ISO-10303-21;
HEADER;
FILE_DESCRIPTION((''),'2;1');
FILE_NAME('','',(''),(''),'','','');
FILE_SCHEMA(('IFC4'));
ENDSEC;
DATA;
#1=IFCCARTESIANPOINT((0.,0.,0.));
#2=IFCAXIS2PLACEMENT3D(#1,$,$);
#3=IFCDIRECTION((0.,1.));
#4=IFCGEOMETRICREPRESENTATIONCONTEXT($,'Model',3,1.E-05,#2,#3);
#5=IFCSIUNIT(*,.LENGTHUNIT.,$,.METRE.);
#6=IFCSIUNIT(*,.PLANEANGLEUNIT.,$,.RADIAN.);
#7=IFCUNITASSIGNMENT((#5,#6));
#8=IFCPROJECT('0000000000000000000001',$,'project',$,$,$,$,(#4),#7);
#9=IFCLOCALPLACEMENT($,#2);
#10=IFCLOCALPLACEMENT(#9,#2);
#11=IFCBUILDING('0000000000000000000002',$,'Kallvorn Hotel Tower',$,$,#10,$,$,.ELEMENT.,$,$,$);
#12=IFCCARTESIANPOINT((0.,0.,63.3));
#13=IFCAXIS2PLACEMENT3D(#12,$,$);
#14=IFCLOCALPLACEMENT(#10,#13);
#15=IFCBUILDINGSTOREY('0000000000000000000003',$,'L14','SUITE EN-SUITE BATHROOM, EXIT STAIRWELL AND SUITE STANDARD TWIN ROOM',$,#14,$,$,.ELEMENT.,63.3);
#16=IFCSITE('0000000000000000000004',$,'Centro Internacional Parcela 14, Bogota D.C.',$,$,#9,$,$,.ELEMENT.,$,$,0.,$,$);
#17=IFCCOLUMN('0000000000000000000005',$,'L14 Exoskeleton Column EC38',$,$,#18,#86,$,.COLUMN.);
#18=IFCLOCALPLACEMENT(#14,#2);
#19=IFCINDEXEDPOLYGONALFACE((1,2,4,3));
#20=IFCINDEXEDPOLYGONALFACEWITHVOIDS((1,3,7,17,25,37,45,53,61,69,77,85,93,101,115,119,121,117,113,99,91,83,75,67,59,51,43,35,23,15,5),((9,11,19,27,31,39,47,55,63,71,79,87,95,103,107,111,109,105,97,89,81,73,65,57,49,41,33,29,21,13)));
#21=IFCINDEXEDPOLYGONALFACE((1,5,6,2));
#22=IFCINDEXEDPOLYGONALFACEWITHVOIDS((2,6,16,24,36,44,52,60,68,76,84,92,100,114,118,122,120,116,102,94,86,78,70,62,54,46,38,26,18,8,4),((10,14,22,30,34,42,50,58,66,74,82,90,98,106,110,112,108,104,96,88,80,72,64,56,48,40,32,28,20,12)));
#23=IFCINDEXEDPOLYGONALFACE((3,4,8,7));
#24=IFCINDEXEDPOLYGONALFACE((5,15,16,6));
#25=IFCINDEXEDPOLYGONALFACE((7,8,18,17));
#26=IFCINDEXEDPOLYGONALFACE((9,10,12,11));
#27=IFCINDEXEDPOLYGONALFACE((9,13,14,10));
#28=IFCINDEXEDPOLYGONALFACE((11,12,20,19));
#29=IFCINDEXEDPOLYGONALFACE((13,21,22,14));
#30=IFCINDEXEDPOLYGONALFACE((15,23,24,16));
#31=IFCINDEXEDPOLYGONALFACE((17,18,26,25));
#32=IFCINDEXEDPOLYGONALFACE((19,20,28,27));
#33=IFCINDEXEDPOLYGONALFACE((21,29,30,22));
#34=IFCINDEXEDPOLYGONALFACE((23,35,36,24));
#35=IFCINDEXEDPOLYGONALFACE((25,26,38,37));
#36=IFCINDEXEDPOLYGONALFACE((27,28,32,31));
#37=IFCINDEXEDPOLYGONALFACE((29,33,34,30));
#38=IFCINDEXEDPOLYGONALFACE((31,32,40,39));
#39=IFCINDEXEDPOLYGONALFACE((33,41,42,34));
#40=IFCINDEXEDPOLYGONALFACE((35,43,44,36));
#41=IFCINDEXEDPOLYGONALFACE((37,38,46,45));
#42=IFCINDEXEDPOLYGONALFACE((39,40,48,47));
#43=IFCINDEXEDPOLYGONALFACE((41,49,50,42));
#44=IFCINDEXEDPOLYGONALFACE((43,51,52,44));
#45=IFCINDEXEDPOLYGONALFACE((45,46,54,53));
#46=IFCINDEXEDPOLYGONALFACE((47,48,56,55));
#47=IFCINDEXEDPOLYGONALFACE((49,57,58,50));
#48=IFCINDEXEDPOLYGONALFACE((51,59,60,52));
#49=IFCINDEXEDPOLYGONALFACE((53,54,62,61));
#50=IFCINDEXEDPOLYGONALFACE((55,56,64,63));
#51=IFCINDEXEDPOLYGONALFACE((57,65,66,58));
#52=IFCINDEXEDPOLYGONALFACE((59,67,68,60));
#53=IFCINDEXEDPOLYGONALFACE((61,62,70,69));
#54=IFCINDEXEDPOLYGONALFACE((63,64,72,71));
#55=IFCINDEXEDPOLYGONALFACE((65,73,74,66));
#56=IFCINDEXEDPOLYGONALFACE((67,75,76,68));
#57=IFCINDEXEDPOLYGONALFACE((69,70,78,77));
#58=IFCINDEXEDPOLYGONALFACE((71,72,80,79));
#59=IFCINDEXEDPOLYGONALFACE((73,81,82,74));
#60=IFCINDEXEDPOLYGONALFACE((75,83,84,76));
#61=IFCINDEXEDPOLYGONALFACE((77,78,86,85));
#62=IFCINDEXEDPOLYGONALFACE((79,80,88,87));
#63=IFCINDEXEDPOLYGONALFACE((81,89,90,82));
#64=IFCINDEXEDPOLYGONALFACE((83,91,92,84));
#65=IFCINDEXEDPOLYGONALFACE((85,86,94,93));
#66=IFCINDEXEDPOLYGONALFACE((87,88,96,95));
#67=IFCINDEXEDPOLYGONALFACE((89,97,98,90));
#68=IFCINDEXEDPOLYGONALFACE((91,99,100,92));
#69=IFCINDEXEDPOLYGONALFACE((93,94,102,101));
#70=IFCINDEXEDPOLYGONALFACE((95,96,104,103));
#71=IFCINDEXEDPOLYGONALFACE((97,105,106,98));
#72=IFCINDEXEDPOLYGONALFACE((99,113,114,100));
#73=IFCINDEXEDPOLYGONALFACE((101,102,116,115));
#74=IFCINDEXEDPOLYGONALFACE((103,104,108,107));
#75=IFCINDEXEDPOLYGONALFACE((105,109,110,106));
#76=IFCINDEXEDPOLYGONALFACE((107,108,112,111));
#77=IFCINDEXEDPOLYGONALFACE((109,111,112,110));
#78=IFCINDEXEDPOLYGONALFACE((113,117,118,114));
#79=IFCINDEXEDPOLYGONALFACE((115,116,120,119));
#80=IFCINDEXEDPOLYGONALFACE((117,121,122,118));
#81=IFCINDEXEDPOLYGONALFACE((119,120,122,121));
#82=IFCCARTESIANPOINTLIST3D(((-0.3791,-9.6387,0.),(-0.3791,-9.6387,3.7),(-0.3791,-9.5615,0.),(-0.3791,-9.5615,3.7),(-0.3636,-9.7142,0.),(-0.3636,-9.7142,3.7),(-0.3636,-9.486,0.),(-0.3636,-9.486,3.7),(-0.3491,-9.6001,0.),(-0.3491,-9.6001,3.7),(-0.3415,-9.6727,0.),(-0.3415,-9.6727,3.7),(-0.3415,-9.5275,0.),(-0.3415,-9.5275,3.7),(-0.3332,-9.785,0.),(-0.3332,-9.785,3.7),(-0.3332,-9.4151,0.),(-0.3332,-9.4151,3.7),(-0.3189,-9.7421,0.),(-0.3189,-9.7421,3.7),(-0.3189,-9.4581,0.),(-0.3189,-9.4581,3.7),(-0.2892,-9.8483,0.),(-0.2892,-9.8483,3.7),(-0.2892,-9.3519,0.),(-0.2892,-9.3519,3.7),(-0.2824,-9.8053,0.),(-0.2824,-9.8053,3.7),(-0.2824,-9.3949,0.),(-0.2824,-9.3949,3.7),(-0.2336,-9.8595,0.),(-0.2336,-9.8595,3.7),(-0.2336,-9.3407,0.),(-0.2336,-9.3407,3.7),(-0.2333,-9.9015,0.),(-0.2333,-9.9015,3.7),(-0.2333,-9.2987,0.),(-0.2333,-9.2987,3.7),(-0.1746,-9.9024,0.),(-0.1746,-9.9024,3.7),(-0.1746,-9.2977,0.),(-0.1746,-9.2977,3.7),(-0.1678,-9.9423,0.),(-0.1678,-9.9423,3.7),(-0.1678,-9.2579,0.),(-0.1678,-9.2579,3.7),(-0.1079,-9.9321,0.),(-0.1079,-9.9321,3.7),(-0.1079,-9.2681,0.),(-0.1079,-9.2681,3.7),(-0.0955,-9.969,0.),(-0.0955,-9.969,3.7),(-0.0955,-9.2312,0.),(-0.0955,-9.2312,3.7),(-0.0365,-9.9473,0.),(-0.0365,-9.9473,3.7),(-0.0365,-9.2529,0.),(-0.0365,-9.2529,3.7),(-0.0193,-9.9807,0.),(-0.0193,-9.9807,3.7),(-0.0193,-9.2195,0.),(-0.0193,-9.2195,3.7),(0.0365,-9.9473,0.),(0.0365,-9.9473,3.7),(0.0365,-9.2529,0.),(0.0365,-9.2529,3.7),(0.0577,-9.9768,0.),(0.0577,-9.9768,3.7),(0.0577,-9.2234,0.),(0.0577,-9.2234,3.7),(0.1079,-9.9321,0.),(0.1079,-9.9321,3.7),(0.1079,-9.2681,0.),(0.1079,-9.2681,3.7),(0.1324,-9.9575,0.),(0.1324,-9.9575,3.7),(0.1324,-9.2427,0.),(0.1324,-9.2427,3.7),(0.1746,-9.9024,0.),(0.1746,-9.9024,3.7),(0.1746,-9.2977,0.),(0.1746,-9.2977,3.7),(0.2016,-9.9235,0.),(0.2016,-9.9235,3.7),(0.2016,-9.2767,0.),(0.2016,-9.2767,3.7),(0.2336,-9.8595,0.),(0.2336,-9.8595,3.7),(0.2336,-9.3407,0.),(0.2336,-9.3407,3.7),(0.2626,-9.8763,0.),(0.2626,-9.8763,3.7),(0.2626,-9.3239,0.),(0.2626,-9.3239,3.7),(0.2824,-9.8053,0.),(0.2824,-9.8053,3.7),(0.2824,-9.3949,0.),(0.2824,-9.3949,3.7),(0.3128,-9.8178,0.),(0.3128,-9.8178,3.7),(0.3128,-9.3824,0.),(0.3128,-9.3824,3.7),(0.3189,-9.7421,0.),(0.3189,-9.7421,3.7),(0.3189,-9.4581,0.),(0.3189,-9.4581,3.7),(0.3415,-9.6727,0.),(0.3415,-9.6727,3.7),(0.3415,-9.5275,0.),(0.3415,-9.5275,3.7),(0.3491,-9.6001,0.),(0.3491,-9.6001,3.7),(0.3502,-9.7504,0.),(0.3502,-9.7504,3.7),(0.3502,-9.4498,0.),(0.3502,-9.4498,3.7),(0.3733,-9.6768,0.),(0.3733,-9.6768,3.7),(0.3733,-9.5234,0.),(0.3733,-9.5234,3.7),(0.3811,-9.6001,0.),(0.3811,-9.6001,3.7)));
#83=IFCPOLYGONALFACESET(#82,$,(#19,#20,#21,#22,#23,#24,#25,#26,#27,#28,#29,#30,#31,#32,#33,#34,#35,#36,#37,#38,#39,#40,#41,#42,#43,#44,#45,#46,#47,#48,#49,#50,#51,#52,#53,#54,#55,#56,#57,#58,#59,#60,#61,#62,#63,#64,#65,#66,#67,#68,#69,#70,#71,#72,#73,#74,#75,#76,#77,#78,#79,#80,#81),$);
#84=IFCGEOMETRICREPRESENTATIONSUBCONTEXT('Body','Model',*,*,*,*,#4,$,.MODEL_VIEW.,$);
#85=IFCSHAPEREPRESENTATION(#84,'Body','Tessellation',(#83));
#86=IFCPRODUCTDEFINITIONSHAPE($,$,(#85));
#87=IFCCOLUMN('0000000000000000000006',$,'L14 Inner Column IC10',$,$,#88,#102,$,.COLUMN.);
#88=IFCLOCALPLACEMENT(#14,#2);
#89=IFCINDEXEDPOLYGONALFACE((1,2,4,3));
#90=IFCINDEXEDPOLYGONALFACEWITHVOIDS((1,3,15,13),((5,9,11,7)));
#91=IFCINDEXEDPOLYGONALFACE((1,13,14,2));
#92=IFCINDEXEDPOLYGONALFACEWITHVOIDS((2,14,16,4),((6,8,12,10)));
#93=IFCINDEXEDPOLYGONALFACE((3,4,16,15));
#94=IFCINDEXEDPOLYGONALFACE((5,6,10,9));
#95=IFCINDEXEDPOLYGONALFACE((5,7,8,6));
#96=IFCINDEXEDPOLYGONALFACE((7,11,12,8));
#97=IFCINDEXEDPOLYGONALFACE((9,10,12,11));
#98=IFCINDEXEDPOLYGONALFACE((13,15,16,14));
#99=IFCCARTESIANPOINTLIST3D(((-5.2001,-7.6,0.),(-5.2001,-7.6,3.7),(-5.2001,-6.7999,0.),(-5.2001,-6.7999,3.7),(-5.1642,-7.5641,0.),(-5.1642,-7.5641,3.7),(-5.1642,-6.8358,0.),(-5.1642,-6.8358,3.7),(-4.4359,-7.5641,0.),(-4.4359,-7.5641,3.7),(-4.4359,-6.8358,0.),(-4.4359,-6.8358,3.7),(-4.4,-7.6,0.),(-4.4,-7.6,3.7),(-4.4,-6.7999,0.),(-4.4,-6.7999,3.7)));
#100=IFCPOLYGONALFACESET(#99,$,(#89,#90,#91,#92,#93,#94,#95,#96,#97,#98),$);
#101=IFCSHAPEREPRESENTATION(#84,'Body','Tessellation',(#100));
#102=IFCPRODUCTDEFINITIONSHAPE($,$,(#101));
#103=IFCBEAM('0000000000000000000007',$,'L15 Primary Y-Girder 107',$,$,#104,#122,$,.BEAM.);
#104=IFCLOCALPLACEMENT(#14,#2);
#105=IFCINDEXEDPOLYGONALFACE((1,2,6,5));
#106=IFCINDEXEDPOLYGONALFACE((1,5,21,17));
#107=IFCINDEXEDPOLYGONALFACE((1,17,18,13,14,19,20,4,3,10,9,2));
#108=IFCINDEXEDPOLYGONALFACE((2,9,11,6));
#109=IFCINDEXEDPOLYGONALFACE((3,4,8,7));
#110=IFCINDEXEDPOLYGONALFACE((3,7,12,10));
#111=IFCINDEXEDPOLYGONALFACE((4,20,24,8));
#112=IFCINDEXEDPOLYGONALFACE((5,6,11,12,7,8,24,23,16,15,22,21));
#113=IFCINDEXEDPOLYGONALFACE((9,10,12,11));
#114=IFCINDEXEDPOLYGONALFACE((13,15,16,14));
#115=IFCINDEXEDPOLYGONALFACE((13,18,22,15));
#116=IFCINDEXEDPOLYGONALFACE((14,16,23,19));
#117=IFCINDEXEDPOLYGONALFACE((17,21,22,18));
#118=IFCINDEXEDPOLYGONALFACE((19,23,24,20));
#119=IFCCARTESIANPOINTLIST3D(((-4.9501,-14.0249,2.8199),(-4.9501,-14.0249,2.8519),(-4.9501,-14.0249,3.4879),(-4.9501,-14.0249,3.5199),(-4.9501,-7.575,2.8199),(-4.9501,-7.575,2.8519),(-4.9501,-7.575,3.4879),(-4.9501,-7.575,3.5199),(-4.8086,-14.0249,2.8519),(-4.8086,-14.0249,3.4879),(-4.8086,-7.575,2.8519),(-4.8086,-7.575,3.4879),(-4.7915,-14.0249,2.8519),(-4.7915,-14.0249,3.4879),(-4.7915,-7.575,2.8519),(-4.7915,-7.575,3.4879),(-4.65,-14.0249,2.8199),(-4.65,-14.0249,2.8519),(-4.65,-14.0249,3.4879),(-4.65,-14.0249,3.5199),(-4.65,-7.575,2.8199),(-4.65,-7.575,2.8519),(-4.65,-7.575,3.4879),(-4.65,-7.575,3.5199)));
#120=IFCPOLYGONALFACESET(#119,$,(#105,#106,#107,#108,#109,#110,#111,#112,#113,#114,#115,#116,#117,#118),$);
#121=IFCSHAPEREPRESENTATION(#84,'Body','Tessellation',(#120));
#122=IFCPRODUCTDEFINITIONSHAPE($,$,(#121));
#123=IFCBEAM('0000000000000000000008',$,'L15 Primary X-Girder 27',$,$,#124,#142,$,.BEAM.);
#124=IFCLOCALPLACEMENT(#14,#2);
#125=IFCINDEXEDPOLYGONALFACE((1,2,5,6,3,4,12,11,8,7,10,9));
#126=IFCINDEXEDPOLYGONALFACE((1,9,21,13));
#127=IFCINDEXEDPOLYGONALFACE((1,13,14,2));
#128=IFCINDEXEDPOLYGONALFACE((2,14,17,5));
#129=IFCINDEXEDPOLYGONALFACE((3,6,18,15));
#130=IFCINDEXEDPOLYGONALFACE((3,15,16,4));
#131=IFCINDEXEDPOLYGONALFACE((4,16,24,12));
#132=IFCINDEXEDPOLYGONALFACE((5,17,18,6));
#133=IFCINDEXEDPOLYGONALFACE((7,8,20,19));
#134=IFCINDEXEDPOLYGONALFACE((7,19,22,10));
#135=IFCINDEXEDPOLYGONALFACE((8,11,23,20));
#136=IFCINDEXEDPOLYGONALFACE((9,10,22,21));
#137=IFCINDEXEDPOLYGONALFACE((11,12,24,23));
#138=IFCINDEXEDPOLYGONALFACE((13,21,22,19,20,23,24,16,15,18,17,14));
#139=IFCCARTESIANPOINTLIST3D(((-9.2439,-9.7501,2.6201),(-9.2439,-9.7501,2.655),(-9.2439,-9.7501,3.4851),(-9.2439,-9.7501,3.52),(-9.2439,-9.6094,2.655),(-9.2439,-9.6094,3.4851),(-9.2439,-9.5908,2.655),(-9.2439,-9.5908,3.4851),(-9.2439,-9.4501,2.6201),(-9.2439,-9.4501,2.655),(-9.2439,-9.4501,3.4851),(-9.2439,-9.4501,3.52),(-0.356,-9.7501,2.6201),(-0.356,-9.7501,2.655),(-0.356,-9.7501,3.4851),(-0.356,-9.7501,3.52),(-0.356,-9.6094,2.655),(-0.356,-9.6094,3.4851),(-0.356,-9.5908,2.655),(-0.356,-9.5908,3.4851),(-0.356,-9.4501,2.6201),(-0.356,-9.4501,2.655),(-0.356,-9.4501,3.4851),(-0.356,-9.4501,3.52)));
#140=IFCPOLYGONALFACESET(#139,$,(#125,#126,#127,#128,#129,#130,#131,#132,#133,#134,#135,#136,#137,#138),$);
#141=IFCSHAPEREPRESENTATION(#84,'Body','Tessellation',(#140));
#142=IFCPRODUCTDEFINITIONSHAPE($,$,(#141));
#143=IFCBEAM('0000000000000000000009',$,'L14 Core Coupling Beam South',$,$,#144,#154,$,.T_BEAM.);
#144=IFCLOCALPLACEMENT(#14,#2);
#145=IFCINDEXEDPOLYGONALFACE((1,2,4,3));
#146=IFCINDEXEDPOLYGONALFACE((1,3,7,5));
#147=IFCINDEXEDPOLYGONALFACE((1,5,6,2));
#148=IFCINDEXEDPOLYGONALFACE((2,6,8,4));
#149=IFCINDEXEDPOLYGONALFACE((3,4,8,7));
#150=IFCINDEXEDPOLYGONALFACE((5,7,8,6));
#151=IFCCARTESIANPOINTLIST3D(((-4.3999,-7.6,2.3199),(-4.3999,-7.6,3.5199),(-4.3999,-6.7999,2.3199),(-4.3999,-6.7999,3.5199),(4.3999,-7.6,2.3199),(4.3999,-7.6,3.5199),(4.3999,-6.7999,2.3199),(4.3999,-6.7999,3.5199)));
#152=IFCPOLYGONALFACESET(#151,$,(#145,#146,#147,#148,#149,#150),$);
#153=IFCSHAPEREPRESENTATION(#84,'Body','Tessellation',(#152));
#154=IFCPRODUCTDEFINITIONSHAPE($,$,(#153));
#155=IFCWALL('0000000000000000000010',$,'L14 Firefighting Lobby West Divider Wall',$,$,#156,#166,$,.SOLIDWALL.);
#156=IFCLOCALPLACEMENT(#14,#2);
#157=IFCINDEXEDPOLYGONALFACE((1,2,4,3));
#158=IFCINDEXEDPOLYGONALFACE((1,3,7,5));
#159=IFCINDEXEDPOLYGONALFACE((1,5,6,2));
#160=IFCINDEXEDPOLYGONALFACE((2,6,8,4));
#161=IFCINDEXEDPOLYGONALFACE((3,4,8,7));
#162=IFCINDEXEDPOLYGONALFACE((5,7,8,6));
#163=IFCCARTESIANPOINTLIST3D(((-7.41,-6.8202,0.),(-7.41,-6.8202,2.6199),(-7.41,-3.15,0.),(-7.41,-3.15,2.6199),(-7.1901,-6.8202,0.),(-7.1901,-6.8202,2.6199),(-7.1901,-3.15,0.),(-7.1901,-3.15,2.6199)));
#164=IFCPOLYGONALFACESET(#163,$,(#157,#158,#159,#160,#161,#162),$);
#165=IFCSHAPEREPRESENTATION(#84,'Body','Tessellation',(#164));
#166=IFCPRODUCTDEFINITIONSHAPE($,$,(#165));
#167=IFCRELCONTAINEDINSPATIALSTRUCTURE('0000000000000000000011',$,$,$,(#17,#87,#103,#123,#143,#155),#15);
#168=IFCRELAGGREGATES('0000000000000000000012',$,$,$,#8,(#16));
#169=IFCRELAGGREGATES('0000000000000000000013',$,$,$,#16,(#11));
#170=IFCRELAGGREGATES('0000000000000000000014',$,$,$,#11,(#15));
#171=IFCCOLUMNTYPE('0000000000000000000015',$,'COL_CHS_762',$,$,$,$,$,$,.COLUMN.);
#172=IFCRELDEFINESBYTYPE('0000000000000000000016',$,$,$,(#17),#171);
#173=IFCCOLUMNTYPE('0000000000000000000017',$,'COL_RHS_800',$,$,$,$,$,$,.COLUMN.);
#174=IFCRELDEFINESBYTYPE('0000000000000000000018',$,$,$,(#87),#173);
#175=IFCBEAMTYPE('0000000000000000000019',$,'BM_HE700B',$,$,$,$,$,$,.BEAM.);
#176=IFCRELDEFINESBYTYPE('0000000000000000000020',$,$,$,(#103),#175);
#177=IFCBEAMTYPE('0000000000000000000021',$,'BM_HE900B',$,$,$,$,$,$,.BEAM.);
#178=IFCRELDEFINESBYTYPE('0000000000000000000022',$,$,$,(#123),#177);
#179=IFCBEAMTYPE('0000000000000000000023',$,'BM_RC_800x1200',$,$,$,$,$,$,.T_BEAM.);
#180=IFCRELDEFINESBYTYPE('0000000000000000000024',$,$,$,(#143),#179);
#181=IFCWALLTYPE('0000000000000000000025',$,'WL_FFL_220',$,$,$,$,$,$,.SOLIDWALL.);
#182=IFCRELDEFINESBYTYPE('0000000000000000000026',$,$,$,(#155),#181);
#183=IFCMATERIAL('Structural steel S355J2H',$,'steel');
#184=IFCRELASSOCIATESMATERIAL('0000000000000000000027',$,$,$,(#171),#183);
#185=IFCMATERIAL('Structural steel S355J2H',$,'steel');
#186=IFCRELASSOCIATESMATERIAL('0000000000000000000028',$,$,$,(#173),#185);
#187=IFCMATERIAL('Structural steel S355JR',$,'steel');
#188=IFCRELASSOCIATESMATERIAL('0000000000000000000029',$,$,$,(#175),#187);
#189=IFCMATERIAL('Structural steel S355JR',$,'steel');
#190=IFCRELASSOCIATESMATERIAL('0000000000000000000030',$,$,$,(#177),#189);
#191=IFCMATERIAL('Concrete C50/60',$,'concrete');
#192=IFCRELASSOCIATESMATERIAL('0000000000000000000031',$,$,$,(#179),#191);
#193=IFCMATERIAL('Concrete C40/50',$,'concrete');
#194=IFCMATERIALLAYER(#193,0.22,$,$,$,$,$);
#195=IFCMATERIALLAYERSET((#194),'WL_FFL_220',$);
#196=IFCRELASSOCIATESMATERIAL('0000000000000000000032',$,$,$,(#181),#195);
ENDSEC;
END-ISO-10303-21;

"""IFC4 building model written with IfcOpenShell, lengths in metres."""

from ifc_helpers import new_model, si_unit, direction, frame, frame_2d, origin, origin_2d, place, context, subcontext, project, spatial, rectangle, hollow_rectangle, hollow_circle, i_section, extrude, material, layer, layer_set, material_profile, profile_set, type_object, element, save


model = new_model("IFC4")

# Units and contexts
model_context = context("Model", 3, precision=1e-05, world=origin(), true_north=direction((0.0, 1.0)))
body_context = subcontext(model_context, "Body", "Model", "MODEL_VIEW")
ifc_project = project(units=[si_unit("LENGTHUNIT", "METRE"), si_unit("PLANEANGLEUNIT", "RADIAN")], contexts=[model_context])

# Site, building, storey
site_placement = place(None, origin())
site = spatial("IfcSite", under=ifc_project, at=site_placement, Name="Centro Internacional Parcela 14, Bogota D.C.", CompositionType="ELEMENT", RefElevation=0.0)
building_placement = place(site_placement, origin())
building = spatial("IfcBuilding", under=site, at=building_placement, Name="Kallvorn Hotel Tower", CompositionType="ELEMENT")
storey_placement = place(building_placement, frame((0.0, 0.0, 63.3)))
storey = spatial("IfcBuildingStorey", under=building, at=storey_placement, Name="L14", Description="SUITE EN-SUITE BATHROOM, EXIT STAIRWELL AND SUITE STANDARD TWIN ROOM", CompositionType="ELEMENT", Elevation=63.3)

# Columns
ifc_material_1 = material(Name="Structural steel S355J2H", Category="steel")
ifc_material_profile_1 = material_profile(ifc_material_1, hollow_circle(Radius=0.3811, WallThickness=0.032, at=origin_2d()), Name="CHS 762x32")
ifc_profile_set_1 = profile_set([ifc_material_profile_1], Name="Structural steel S355J2H")
column_type_1 = type_object("IfcColumnType", Name="COL_CHS_762", PredefinedType="COLUMN", material=ifc_profile_set_1)
column_1_placement = place(storey_placement, frame((0.0, -9.6001, 0.0), z_axis=(0.0, 0.0, 1.0), x_axis=(1.0, 0.0, 0.0)))
element("IfcColumn", 1, at=column_1_placement, inside=storey, type_object=column_type_1, Name="L14 Exoskeleton Column EC38", PredefinedType="COLUMN", context=body_context, shape_type="SweptSolid", body=[
    extrude(hollow_circle(Radius=0.3811, WallThickness=0.032, at=origin_2d()), origin(), (0.0, 0.0, 1.0), 3.7),
])
ifc_material_2 = material(Name="Structural steel S355J2H", Category="steel")
ifc_material_profile_2 = material_profile(ifc_material_2, hollow_rectangle(XDim=0.8, YDim=0.8, WallThickness=0.0359, at=origin_2d()), Name="RHS 800x800x36")
ifc_profile_set_2 = profile_set([ifc_material_profile_2], Name="Structural steel S355J2H")
column_type_2 = type_object("IfcColumnType", Name="COL_RHS_800", PredefinedType="COLUMN", material=ifc_profile_set_2)
column_2_placement = place(storey_placement, frame((-4.8, -7.2, 0.0), z_axis=(0.0, 0.0, 1.0), x_axis=(1.0, 0.0, 0.0)))
element("IfcColumn", 2, at=column_2_placement, inside=storey, type_object=column_type_2, Name="L14 Inner Column IC10", PredefinedType="COLUMN", context=body_context, shape_type="SweptSolid", body=[
    extrude(hollow_rectangle(XDim=0.8, YDim=0.8, WallThickness=0.0359, at=origin_2d()), origin(), (0.0, 0.0, 1.0), 3.7),
])

# Beams
ifc_material_3 = material(Name="Structural steel S355JR", Category="steel")
ifc_material_profile_3 = material_profile(ifc_material_3, i_section(OverallWidth=0.3, OverallDepth=0.7, WebThickness=0.0171, FlangeThickness=0.032, at=origin_2d()), Name="HE 700 B")
ifc_profile_set_3 = profile_set([ifc_material_profile_3], Name="Structural steel S355JR")
beam_type_1 = type_object("IfcBeamType", Name="BM_HE700B", PredefinedType="BEAM", material=ifc_profile_set_3)
beam_1_placement = place(storey_placement, frame((-4.8, -14.0249, 3.1699), z_axis=(0.0, 1.0, 0.0), x_axis=(-1.0, 0.0, 0.0)))
element("IfcBeam", 3, at=beam_1_placement, inside=storey, type_object=beam_type_1, Name="L15 Primary Y-Girder 107", PredefinedType="BEAM", context=body_context, shape_type="SweptSolid", body=[
    extrude(i_section(OverallWidth=0.3, OverallDepth=0.7, WebThickness=0.0171, FlangeThickness=0.032, at=origin_2d()), origin(), (0.0, 0.0, 1.0), 6.45),
])
ifc_material_4 = material(Name="Structural steel S355JR", Category="steel")
ifc_material_profile_4 = material_profile(ifc_material_4, i_section(OverallWidth=0.3, OverallDepth=0.8999, WebThickness=0.0186, FlangeThickness=0.0349, at=origin_2d()), Name="HE 900 B")
ifc_profile_set_4 = profile_set([ifc_material_profile_4], Name="Structural steel S355JR")
beam_type_2 = type_object("IfcBeamType", Name="BM_HE900B", PredefinedType="BEAM", material=ifc_profile_set_4)
beam_2_placement = place(storey_placement, frame((-9.2439, -9.6001, 3.0701), z_axis=(1.0, 0.0, 0.0), x_axis=(0.0, 1.0, 0.0)))
element("IfcBeam", 4, at=beam_2_placement, inside=storey, type_object=beam_type_2, Name="L15 Primary X-Girder 27", PredefinedType="BEAM", context=body_context, shape_type="SweptSolid", body=[
    extrude(i_section(OverallWidth=0.3, OverallDepth=0.8999, WebThickness=0.0186, FlangeThickness=0.0349, at=origin_2d()), origin(), (0.0, 0.0, 1.0), 8.8879),
])
ifc_material_5 = material(Name="Concrete C50/60", Category="concrete")
ifc_material_profile_5 = material_profile(ifc_material_5, rectangle(XDim=0.8, YDim=1.2, at=origin_2d()), Name="RC 800x1200")
ifc_profile_set_5 = profile_set([ifc_material_profile_5], Name="Concrete C50/60")
beam_type_3 = type_object("IfcBeamType", Name="BM_RC_800x1200", PredefinedType="T_BEAM", material=ifc_profile_set_5)
beam_3_placement = place(storey_placement, frame((-4.3999, -7.2, 2.9199), z_axis=(1.0, 0.0, 0.0), x_axis=(0.0, 1.0, 0.0)))
element("IfcBeam", 5, at=beam_3_placement, inside=storey, type_object=beam_type_3, Name="L14 Core Coupling Beam South", PredefinedType="T_BEAM", context=body_context, shape_type="SweptSolid", body=[
    extrude(rectangle(XDim=0.8, YDim=1.2, at=origin_2d()), origin(), (0.0, 0.0, 1.0), 8.7998),
])

# Wall
ifc_material_6 = material(Name="Concrete C40/50", Category="concrete")
ifc_layer_1 = layer(ifc_material_6, 0.22)
ifc_layer_set_1 = layer_set([ifc_layer_1], Name="WL_FFL_220")
wall_type_1 = type_object("IfcWallType", Name="WL_FFL_220", PredefinedType="SOLIDWALL", material=ifc_layer_set_1)
wall_1_placement = place(storey_placement, frame((-7.3, -6.8201, 0.0), z_axis=(0.0, 0.0, 1.0), x_axis=(0.0, 1.0, 0.0)))
element("IfcWall", 6, at=wall_1_placement, inside=storey, type_object=wall_type_1, Name="L14 Firefighting Lobby West Divider Wall", PredefinedType="SOLIDWALL", context=body_context, shape_type="SweptSolid", body=[
    extrude(rectangle(XDim=3.6702, YDim=0.22, at=frame_2d((1.835, 0.0))), origin(), (0.0, 0.0, 1.0), 2.6199),
])

save(model, "model.ifc")
